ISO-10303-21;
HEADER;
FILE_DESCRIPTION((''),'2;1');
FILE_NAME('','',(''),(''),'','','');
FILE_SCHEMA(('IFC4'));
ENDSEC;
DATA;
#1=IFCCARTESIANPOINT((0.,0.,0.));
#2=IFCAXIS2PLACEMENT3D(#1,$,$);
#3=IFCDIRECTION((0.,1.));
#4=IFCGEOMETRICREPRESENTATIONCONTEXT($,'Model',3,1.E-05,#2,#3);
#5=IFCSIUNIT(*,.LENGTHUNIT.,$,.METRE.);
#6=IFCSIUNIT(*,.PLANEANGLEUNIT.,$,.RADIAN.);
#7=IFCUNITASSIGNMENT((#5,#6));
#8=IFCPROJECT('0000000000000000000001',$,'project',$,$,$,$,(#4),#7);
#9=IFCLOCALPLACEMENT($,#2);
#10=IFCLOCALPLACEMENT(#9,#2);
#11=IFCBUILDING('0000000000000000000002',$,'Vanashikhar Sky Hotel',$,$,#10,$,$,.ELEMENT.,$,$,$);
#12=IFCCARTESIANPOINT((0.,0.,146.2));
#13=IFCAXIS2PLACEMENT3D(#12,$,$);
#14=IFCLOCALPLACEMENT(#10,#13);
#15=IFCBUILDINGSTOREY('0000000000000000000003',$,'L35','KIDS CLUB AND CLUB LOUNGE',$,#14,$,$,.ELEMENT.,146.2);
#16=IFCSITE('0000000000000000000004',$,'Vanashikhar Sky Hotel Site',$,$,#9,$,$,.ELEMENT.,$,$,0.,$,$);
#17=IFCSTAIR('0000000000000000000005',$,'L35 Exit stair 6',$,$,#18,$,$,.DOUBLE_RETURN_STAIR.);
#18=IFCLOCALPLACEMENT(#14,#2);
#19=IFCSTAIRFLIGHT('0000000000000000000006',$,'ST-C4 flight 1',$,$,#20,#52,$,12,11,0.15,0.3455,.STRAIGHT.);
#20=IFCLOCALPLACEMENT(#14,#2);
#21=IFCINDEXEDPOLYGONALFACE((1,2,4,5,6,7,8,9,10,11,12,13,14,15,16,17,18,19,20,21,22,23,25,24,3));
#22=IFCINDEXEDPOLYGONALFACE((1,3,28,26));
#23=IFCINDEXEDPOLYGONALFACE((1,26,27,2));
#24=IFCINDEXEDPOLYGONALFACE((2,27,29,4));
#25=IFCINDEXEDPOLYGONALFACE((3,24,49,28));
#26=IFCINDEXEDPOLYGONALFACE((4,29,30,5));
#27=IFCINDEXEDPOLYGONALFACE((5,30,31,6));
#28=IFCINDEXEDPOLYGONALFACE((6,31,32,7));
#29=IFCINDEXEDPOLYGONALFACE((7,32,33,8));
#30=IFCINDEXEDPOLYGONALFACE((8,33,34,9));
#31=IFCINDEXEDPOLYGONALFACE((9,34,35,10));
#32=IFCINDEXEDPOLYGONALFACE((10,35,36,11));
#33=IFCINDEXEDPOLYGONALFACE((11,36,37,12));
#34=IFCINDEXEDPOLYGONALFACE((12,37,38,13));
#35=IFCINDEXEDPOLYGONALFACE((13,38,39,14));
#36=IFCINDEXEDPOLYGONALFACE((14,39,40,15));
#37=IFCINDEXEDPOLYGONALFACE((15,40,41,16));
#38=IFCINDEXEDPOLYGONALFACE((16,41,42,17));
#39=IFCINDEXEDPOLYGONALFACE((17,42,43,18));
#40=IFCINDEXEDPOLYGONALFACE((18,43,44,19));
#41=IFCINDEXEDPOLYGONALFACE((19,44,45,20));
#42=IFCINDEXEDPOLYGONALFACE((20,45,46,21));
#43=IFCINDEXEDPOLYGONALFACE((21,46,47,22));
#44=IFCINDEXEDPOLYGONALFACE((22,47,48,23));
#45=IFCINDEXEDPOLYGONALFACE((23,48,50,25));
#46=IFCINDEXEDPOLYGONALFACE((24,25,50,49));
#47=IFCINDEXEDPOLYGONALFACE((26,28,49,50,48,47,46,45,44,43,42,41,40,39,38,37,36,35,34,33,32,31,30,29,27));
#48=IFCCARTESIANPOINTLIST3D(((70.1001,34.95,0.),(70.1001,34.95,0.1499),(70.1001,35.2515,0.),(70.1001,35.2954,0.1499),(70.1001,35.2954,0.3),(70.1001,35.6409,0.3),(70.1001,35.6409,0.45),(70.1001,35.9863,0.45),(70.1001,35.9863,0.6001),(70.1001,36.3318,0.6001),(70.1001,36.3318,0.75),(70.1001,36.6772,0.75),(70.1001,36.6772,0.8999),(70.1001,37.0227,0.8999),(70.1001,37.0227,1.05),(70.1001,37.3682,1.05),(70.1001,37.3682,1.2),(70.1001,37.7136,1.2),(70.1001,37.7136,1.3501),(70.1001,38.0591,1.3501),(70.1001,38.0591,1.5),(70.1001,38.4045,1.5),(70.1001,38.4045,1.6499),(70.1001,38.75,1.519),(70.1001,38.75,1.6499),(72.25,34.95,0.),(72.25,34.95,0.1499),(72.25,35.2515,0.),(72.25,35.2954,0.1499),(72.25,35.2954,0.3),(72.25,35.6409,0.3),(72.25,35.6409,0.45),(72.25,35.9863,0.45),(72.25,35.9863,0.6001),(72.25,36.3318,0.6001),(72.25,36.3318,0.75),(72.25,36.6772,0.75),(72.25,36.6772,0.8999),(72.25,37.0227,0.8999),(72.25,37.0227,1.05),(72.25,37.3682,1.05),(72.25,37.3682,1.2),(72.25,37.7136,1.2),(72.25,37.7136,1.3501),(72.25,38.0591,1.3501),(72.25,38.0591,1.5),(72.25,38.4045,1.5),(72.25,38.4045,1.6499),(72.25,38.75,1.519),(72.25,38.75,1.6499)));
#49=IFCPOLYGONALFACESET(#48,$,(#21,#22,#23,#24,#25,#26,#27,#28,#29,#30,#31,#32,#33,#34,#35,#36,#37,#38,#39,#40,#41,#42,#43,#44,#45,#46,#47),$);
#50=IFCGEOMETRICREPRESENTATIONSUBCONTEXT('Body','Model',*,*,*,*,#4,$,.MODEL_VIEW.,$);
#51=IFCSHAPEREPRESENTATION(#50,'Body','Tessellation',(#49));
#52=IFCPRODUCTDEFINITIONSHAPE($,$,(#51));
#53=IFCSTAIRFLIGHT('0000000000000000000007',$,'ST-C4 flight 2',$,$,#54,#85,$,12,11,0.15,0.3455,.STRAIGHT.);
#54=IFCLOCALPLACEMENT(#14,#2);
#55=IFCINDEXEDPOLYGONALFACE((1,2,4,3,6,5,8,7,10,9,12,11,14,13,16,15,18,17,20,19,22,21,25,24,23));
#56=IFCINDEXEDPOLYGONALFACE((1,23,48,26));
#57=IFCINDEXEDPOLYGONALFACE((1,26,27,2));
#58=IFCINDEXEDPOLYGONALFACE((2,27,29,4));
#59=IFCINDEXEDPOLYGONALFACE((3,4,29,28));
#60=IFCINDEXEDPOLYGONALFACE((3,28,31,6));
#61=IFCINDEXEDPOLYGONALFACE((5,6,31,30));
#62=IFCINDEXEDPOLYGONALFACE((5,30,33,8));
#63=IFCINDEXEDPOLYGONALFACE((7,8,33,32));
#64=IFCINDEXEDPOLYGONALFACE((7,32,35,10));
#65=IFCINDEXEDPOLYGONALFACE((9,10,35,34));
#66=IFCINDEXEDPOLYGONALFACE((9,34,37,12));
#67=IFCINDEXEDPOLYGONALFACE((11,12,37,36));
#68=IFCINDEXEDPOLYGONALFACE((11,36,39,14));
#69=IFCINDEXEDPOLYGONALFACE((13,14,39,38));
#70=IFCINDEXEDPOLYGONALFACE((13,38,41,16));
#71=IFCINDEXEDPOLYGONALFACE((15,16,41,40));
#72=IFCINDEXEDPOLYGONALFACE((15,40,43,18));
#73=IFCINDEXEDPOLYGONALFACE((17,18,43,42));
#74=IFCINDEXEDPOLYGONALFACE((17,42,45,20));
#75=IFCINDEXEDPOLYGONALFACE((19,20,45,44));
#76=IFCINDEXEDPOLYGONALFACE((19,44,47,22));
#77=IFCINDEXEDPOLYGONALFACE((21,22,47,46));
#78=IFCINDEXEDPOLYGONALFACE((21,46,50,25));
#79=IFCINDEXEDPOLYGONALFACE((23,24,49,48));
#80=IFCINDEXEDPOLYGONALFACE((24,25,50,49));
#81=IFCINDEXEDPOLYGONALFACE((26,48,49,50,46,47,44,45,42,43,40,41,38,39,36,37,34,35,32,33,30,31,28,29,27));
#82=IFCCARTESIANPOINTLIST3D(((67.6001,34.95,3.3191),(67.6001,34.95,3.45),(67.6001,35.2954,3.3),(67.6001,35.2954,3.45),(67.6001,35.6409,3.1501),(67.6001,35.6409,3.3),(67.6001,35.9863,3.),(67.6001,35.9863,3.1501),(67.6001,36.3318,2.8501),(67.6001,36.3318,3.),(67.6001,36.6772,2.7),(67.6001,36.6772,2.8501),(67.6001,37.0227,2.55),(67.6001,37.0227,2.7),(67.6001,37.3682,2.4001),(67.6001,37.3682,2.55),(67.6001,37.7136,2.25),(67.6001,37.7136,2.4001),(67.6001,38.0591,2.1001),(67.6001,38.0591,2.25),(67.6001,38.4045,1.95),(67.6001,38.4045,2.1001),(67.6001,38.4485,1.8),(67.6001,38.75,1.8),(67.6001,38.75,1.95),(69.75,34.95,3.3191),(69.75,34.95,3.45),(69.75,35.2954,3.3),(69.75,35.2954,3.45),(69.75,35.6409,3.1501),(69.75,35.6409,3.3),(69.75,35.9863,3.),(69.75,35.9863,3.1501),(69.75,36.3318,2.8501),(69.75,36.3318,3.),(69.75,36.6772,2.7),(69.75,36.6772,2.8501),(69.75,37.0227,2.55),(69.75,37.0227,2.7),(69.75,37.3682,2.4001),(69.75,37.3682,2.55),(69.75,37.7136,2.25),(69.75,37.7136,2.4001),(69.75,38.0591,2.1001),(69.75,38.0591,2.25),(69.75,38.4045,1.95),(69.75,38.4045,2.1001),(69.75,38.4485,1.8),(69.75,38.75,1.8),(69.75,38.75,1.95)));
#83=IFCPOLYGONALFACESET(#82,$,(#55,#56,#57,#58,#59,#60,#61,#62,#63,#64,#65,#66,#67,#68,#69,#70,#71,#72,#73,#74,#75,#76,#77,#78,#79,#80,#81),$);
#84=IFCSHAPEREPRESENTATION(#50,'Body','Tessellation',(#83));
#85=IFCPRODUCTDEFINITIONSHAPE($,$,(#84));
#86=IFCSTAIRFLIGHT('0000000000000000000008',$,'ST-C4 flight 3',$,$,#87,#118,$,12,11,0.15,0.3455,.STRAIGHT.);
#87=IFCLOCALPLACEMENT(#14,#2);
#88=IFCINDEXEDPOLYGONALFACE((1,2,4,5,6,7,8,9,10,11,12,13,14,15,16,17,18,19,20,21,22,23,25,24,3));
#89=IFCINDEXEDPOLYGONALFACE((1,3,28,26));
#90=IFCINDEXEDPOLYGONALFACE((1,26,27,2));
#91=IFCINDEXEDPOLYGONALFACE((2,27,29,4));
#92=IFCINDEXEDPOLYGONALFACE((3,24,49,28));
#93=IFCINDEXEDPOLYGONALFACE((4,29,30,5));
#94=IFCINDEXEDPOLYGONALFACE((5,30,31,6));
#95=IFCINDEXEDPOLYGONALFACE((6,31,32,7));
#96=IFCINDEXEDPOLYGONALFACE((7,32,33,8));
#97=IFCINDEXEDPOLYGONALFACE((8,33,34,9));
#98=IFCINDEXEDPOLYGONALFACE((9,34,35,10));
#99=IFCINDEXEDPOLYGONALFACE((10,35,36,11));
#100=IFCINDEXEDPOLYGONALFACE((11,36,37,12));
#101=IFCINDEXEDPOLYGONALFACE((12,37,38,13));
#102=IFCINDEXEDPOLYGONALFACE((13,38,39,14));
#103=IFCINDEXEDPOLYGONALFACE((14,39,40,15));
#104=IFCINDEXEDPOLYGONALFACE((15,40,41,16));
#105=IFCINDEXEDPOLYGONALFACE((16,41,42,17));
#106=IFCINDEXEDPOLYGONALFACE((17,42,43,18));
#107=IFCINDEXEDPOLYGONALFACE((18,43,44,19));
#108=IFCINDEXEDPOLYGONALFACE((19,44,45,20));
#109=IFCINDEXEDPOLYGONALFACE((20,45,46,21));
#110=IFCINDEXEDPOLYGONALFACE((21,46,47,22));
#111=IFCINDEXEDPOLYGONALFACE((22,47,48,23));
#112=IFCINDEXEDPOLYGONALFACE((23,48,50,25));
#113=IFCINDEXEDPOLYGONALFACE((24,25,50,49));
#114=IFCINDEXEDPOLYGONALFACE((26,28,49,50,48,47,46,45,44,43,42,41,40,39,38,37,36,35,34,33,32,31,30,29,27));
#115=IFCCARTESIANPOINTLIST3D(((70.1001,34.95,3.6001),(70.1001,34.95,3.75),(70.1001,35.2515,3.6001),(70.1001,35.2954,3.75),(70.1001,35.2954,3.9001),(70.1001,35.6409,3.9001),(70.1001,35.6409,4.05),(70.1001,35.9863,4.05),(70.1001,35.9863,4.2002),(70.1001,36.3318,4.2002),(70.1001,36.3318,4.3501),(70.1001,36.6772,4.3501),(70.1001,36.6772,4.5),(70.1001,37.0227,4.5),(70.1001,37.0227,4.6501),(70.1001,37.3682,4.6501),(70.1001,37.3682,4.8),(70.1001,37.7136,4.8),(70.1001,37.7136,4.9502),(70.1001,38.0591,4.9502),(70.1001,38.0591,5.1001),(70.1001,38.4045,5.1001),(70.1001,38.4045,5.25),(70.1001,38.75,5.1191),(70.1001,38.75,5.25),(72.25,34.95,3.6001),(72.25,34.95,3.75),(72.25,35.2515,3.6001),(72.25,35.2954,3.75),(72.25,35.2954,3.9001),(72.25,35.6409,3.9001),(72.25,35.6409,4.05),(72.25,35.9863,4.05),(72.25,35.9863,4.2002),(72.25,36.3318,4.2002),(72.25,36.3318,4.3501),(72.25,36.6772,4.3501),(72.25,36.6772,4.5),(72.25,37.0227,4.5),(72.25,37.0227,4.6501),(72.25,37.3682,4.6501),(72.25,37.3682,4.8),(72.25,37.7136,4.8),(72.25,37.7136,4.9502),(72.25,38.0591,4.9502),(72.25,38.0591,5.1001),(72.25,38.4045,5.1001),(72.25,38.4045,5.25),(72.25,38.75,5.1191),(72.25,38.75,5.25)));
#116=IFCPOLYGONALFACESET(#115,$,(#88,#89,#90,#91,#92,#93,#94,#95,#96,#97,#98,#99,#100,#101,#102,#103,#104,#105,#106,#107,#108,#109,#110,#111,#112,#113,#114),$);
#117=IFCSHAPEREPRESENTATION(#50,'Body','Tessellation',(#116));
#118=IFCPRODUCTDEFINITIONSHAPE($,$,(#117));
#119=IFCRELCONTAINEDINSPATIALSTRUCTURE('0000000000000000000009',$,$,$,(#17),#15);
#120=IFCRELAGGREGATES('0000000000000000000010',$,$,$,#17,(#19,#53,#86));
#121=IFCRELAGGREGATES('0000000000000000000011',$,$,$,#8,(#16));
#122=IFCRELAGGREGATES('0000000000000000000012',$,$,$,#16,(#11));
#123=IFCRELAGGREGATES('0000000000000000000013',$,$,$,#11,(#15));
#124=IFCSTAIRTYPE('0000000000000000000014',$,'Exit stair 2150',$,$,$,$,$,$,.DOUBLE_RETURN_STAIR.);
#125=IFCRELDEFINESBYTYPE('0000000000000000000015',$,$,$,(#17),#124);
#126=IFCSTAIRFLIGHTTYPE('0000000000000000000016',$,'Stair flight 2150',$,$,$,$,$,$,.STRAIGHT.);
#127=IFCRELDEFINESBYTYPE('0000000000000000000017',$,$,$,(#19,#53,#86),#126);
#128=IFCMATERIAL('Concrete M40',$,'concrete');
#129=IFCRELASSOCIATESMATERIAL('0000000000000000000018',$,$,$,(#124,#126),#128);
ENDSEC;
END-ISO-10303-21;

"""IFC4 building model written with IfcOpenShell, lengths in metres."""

from ifc_helpers import new_model, si_unit, direction, frame, origin, place, context, subcontext, project, spatial, polyline, outline, extrude, source, transform, mapped, material, type_object, element, aggregate, save


model = new_model("IFC4")

# Units and contexts
model_context = context("Model", 3, precision=1e-05, world=origin(), true_north=direction((0.0, 1.0)))
body_context = subcontext(model_context, "Body", "Model", "MODEL_VIEW")
ifc_project = project(units=[si_unit("LENGTHUNIT", "METRE"), si_unit("PLANEANGLEUNIT", "RADIAN")], contexts=[model_context])

# Site, building, storey
site_placement = place(None, origin())
site = spatial("IfcSite", under=ifc_project, at=site_placement, Name="Vanashikhar Sky Hotel Site", CompositionType="ELEMENT", RefElevation=0.0)
building_placement = place(site_placement, origin())
building = spatial("IfcBuilding", under=site, at=building_placement, Name="Vanashikhar Sky Hotel", CompositionType="ELEMENT")
storey_placement = place(building_placement, frame((0.0, 0.0, 146.2)))
storey = spatial("IfcBuildingStorey", under=building, at=storey_placement, Name="L35", Description="KIDS CLUB AND CLUB LOUNGE", CompositionType="ELEMENT", Elevation=146.2)

# Stair, stair flights
ifc_material_1 = material(Name="Concrete M40", Category="concrete")
stair_type = type_object("IfcStairType", Name="Exit stair 2150", PredefinedType="DOUBLE_RETURN_STAIR", material=ifc_material_1)
stair_placement = place(storey_placement, origin())
stair = element("IfcStair", 1, at=stair_placement, inside=storey, type_object=stair_type, Name="L35 Exit stair 6", PredefinedType="DOUBLE_RETURN_STAIR")
stair_flight_type = type_object("IfcStairFlightType", Name="Stair flight 2150", PredefinedType="STRAIGHT", material=ifc_material_1)
shared_shape_1 = source(origin(), body_context, "Body", "SweptSolid", [
    extrude(outline(polyline([(0.0, 0.0), (0.0, 0.1499), (0.3455, 0.1499), (0.3455, 0.3), (0.6909, 0.3), (0.6909, 0.45), (1.0364, 0.45), (1.0364, 0.6001), (1.3818, 0.6001), (1.3818, 0.75), (1.7273, 0.75), (1.7273, 0.8999), (2.0728, 0.8999), (2.0728, 1.05), (2.4182, 1.05), (2.4182, 1.2), (2.7637, 1.2), (2.7637, 1.3501), (3.1091, 1.3501), (3.1091, 1.5), (3.4546, 1.5), (3.4546, 1.6499), (3.8, 1.6499), (3.8, 1.8), (3.8, 1.519), (0.3015, 0.0), (0.0, 0.0)])), frame((0.0, 1.075, 0.0), z_axis=(0.0, -1.0, 0.0), x_axis=(1.0, 0.0, 0.0)), (0.0, 0.0, 1.0), 2.1499),
])
stair_flight_1_placement = place(storey_placement, frame((71.175, 34.95, 0.0), z_axis=(0.0, 0.0, 1.0), x_axis=(0.0, 1.0, 0.0)))
stair_flight_1 = element("IfcStairFlight", 2, at=stair_flight_1_placement, type_object=stair_flight_type, Name="ST-C4 flight 1", NumberOfRisers=12, NumberOfTreads=11, PredefinedType="STRAIGHT", RiserHeight=0.15, TreadLength=0.3455, context=body_context, shape_type="MappedRepresentation", body=[
    mapped(shared_shape_1, transform((0.0, 0.0, 0.0), scale=1.0)),
])
stair_flight_2_placement = place(storey_placement, frame((68.675, 38.75, 1.8), z_axis=(0.0, 0.0, 1.0), x_axis=(0.0, -1.0, 0.0)))
stair_flight_2 = element("IfcStairFlight", 3, at=stair_flight_2_placement, type_object=stair_flight_type, Name="ST-C4 flight 2", NumberOfRisers=12, NumberOfTreads=11, PredefinedType="STRAIGHT", RiserHeight=0.15, TreadLength=0.3455, context=body_context, shape_type="MappedRepresentation", body=[
    mapped(shared_shape_1, transform((0.0, 0.0, 0.0), scale=1.0)),
])
stair_flight_3_placement = place(storey_placement, frame((71.175, 34.95, 3.6001), z_axis=(0.0, 0.0, 1.0), x_axis=(0.0, 1.0, 0.0)))
stair_flight_3 = element("IfcStairFlight", 4, at=stair_flight_3_placement, type_object=stair_flight_type, Name="ST-C4 flight 3", NumberOfRisers=12, NumberOfTreads=11, PredefinedType="STRAIGHT", RiserHeight=0.15, TreadLength=0.3455, context=body_context, shape_type="MappedRepresentation", body=[
    mapped(shared_shape_1, transform((0.0, 0.0, 0.0), scale=1.0)),
])
aggregate(stair, [stair_flight_1, stair_flight_2, stair_flight_3])

save(model, "model.ifc")
